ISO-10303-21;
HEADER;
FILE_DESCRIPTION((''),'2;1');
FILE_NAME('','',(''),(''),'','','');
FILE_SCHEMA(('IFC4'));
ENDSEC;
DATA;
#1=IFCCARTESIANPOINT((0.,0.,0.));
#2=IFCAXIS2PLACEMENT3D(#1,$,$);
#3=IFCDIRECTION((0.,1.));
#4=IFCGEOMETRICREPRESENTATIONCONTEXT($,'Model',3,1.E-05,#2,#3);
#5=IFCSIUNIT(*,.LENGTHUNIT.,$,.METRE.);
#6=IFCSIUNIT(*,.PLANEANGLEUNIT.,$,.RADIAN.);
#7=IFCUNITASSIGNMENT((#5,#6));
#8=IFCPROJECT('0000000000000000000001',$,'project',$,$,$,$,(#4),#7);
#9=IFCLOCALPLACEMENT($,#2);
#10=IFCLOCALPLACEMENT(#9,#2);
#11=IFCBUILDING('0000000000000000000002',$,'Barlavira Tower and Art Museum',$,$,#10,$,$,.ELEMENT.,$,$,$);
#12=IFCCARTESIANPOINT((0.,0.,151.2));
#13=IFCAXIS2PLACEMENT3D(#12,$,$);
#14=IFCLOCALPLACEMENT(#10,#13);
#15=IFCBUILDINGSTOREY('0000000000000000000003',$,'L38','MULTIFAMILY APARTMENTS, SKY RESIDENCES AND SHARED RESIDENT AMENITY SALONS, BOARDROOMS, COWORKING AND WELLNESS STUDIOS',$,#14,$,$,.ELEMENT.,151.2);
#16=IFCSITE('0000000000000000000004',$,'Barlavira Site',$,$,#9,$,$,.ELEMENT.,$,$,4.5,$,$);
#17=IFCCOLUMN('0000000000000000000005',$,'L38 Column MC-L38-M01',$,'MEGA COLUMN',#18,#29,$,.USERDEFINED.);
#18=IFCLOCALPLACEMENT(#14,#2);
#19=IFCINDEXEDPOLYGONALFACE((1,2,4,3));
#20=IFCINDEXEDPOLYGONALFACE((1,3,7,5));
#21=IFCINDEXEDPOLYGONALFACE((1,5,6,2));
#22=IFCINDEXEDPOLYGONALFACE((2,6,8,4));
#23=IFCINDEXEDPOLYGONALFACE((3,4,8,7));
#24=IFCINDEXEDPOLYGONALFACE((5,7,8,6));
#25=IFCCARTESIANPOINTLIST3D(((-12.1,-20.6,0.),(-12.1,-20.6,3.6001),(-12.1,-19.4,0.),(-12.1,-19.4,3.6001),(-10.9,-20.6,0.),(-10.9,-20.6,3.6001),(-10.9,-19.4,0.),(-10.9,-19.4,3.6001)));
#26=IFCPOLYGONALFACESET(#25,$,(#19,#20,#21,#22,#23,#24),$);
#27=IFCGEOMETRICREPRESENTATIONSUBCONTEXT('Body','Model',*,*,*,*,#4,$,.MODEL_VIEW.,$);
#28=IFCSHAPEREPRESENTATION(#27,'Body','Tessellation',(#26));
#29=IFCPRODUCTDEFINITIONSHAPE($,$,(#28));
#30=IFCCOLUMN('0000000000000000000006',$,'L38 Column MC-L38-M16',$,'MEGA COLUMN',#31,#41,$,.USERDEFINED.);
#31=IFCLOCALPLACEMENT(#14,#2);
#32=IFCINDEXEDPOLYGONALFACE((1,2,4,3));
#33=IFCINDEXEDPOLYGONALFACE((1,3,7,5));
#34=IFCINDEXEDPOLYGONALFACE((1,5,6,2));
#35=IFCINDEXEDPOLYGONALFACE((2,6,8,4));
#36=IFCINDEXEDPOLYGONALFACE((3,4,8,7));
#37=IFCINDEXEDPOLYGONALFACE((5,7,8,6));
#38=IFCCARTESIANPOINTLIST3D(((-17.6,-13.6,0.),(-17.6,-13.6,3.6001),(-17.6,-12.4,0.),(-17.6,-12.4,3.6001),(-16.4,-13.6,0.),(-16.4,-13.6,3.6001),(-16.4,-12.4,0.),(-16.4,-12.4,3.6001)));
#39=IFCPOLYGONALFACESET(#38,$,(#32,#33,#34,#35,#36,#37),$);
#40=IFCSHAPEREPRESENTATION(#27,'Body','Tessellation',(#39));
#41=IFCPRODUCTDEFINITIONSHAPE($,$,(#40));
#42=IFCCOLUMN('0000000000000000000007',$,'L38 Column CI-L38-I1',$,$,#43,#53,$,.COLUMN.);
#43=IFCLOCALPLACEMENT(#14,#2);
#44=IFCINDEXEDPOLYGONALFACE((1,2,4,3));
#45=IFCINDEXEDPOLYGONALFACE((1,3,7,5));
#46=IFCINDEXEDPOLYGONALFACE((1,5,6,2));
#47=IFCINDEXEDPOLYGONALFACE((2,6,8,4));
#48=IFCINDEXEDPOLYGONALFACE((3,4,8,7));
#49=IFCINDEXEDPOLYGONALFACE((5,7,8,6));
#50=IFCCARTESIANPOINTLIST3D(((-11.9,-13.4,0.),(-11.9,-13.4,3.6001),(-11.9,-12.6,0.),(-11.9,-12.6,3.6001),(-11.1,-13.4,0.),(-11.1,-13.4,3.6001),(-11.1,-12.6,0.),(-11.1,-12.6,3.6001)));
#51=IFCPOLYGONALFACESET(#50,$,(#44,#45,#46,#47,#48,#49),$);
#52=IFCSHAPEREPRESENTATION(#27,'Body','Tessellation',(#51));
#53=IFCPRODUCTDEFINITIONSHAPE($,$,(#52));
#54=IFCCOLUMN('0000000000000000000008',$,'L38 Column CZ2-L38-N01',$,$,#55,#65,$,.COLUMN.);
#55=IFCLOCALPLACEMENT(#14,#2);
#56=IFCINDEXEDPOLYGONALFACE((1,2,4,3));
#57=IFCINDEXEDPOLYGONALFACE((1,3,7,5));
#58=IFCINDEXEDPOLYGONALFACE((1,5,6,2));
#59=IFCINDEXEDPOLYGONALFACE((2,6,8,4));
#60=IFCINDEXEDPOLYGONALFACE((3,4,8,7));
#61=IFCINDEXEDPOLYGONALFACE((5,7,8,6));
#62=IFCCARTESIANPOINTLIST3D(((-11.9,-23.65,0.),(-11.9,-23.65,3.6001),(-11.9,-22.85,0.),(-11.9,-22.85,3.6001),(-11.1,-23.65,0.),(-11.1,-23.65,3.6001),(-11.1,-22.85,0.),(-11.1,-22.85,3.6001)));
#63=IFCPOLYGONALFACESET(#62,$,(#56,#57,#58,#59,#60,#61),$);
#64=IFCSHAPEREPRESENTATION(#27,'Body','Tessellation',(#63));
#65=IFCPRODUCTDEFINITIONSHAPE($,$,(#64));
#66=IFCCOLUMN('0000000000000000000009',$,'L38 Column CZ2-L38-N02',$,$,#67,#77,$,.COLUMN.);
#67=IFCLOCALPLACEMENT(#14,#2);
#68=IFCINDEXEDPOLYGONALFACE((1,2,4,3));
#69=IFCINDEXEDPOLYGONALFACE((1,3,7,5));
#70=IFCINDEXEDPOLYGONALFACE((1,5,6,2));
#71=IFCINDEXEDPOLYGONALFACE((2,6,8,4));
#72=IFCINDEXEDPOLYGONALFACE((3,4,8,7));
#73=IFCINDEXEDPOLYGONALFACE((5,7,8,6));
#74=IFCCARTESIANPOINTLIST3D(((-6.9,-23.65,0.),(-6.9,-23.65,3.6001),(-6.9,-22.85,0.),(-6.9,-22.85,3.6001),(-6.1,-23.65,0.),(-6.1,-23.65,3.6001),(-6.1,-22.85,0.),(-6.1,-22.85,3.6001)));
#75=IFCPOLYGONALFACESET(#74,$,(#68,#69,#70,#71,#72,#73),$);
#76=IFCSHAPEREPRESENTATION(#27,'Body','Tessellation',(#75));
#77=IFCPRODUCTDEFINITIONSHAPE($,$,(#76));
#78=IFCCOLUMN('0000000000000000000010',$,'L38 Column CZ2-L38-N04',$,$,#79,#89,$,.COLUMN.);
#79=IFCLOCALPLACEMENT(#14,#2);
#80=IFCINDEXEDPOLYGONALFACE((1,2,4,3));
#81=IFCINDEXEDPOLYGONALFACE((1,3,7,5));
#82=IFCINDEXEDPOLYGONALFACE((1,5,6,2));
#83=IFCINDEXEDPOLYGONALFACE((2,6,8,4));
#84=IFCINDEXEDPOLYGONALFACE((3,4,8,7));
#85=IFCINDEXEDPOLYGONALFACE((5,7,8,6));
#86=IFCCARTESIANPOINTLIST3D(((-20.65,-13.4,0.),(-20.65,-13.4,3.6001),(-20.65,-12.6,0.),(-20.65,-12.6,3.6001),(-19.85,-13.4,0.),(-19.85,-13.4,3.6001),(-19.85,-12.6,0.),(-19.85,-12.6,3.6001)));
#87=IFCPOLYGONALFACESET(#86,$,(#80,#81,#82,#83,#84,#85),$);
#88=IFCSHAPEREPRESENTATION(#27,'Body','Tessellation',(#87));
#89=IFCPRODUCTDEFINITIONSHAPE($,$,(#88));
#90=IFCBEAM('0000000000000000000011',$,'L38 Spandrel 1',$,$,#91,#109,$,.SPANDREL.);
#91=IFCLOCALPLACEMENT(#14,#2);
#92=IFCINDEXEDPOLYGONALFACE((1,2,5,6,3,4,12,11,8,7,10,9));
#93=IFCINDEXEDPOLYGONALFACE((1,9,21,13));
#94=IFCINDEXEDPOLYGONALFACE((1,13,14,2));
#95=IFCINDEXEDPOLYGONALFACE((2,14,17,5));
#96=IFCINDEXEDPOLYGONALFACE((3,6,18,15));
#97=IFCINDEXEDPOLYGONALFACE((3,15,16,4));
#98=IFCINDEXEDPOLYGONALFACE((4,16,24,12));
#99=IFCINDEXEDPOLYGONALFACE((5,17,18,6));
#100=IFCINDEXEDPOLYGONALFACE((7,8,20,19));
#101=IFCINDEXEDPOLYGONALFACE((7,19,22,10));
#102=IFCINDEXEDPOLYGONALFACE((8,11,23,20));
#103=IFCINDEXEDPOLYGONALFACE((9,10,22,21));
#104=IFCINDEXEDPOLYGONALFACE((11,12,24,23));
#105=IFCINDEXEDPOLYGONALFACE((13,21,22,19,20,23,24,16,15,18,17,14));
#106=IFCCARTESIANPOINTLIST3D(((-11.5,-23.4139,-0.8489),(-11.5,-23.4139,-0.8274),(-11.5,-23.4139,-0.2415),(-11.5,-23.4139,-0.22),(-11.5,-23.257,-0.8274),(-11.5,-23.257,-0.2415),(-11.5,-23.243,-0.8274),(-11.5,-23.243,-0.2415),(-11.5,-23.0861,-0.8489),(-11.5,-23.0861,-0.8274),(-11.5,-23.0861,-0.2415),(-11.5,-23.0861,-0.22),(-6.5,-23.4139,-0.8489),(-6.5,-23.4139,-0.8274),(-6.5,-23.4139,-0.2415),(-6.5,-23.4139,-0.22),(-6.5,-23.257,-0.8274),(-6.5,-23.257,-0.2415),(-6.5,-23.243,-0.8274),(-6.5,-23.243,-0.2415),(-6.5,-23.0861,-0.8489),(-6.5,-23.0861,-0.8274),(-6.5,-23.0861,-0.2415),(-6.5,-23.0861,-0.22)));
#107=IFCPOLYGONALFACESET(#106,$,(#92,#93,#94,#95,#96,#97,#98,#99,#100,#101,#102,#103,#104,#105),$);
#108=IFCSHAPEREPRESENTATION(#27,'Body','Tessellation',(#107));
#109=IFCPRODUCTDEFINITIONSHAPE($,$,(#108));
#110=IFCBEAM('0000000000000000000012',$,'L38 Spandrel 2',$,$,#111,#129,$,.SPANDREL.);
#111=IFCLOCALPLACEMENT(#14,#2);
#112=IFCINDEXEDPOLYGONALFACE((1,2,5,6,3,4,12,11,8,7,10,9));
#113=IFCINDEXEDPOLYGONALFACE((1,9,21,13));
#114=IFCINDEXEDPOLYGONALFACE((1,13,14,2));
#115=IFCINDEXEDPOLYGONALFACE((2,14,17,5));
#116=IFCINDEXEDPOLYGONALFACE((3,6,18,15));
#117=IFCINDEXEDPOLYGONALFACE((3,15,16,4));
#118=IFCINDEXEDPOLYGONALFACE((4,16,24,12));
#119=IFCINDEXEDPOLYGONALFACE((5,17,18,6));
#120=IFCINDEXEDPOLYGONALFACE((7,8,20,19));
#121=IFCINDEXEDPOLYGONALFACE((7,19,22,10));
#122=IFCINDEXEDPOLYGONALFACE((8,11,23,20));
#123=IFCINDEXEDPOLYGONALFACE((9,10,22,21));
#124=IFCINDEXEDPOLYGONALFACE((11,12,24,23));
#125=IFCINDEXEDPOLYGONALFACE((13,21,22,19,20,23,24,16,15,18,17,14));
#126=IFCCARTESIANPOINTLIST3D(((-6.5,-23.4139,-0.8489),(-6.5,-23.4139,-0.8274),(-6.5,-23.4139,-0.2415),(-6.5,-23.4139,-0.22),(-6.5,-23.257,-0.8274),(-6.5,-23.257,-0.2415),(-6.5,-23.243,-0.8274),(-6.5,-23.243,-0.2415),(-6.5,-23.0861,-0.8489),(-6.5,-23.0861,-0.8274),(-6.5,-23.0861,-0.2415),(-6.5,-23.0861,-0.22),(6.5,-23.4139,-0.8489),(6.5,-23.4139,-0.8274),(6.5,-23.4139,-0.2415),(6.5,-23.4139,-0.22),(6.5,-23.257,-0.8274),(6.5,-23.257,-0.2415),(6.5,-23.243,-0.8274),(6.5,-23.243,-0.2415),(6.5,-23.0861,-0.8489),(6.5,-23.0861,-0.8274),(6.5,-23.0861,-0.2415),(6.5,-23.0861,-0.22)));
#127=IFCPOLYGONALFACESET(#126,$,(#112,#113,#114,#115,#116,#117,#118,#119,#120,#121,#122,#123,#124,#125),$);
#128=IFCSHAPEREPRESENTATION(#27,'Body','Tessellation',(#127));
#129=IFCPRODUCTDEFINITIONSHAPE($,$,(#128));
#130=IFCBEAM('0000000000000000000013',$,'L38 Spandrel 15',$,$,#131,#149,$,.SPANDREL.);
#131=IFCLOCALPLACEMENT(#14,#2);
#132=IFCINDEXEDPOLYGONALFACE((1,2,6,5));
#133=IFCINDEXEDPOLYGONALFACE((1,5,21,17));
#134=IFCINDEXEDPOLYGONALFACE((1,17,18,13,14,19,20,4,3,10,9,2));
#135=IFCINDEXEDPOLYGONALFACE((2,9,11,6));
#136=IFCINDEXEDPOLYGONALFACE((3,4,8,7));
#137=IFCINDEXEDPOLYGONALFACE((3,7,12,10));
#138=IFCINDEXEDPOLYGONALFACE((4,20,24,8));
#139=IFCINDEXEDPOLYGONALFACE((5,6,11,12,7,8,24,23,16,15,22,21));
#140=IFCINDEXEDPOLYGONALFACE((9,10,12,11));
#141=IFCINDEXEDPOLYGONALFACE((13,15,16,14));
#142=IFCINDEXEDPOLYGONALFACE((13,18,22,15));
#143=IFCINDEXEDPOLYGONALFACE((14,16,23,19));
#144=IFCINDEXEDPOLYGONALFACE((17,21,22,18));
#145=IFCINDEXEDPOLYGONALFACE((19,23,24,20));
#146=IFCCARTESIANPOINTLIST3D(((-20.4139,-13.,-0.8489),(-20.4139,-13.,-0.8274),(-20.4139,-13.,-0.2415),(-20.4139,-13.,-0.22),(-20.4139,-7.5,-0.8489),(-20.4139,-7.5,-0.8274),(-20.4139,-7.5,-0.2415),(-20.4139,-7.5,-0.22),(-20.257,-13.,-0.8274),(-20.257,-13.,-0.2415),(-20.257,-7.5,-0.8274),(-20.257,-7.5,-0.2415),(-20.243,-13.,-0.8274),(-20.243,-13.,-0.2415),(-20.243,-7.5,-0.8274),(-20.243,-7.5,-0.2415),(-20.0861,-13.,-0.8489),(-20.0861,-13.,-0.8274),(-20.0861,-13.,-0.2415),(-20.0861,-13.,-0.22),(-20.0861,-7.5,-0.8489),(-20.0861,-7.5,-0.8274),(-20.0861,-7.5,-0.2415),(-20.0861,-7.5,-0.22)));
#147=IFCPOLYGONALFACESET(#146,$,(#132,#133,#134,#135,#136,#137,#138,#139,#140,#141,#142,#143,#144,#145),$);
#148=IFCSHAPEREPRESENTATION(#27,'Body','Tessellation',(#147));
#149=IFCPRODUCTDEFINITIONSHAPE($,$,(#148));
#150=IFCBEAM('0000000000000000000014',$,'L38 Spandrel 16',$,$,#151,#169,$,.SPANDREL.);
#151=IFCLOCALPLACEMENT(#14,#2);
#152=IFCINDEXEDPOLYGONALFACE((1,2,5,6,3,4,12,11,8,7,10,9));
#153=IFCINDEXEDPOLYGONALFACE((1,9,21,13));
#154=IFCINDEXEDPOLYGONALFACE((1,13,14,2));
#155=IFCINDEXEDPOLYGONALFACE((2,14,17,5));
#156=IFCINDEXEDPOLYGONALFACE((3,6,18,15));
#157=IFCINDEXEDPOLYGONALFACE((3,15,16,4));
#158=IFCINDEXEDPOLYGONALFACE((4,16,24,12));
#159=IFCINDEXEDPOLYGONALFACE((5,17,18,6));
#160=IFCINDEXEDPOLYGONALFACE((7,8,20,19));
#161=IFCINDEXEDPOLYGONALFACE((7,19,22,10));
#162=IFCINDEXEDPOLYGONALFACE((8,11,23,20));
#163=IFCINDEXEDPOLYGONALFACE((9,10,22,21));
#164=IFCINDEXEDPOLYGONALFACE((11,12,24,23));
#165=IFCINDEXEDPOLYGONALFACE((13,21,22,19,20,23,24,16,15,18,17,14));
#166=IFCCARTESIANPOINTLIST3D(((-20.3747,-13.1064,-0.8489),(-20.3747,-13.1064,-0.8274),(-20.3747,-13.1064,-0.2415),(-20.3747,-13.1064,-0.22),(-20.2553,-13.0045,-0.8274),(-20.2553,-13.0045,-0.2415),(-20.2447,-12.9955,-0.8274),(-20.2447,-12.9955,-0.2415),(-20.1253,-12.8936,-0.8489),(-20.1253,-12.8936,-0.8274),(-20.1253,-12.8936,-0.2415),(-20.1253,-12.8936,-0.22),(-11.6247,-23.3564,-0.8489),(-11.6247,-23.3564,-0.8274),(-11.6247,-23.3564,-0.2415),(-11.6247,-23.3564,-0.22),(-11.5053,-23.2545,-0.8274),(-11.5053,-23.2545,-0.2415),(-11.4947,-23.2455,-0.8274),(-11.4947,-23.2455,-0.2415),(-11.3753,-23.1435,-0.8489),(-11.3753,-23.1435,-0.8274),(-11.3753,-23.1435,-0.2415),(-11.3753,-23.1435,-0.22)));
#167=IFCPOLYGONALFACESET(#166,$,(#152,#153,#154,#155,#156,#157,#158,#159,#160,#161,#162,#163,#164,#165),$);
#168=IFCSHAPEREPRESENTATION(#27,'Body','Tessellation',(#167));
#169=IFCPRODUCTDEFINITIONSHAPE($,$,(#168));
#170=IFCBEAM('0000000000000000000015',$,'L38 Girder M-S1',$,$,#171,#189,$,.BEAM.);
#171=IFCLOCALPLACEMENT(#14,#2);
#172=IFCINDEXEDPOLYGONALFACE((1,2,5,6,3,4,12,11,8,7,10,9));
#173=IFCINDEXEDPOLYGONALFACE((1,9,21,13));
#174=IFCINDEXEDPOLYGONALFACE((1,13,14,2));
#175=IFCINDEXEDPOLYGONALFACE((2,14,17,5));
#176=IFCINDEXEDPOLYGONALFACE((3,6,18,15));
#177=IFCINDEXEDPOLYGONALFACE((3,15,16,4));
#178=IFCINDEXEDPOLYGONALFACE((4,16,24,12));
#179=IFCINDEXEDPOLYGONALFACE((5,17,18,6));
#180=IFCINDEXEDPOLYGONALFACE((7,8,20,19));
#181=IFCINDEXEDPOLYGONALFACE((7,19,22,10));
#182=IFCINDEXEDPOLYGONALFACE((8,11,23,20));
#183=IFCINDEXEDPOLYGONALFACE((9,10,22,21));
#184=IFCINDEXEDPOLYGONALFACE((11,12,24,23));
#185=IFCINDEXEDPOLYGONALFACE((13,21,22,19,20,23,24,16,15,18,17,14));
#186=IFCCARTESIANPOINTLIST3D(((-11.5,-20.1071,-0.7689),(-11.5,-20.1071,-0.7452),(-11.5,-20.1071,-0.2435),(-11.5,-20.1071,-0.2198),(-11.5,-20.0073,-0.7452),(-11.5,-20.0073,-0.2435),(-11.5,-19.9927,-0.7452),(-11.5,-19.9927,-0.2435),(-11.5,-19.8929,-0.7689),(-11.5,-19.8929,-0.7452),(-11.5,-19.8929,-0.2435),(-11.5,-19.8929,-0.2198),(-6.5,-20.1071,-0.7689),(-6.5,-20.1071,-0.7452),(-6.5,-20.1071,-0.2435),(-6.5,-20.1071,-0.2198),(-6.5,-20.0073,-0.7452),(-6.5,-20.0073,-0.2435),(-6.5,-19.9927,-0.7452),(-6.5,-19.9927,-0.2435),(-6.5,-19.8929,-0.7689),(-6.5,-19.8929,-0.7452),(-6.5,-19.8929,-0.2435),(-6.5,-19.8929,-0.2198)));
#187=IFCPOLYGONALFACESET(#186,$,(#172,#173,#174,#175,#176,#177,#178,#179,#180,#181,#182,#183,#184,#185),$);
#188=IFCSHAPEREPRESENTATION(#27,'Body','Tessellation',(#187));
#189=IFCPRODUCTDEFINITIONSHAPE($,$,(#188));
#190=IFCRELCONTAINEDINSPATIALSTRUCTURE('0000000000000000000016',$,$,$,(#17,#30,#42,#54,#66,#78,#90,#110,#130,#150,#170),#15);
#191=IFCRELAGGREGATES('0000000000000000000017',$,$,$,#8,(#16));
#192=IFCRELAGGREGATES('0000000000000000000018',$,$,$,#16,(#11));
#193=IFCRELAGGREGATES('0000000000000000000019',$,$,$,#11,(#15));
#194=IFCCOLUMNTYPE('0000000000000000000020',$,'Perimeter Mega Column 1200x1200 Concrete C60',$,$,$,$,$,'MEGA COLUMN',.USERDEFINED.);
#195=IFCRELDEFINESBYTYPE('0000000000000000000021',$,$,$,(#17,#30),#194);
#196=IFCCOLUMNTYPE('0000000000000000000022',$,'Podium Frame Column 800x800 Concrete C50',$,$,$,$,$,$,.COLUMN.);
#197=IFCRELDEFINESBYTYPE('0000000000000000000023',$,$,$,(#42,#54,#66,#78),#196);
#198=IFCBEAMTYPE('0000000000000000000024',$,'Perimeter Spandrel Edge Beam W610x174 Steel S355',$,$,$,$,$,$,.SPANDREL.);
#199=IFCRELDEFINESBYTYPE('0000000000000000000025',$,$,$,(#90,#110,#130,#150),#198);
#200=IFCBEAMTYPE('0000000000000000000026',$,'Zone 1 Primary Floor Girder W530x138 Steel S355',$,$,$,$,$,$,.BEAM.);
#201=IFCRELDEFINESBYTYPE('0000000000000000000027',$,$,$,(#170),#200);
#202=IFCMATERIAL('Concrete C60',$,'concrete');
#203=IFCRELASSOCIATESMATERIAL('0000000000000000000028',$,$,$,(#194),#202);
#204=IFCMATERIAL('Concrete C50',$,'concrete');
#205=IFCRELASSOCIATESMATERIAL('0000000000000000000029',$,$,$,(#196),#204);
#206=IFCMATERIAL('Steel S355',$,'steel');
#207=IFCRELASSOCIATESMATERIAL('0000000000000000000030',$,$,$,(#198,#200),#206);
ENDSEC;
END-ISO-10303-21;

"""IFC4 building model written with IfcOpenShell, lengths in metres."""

from ifc_helpers import new_model, si_unit, direction, frame, origin, origin_2d, place, context, subcontext, project, spatial, rectangle, i_section, extrude, material, material_profile, profile_set, type_object, element, save


model = new_model("IFC4")

# Units and contexts
model_context = context("Model", 3, precision=1e-05, world=origin(), true_north=direction((0.0, 1.0)))
body_context = subcontext(model_context, "Body", "Model", "MODEL_VIEW")
ifc_project = project(units=[si_unit("LENGTHUNIT", "METRE"), si_unit("PLANEANGLEUNIT", "RADIAN")], contexts=[model_context])

# Site, building, storey
site_placement = place(None, origin())
site = spatial("IfcSite", under=ifc_project, at=site_placement, Name="Barlavira Site", CompositionType="ELEMENT", RefElevation=4.5)
building_placement = place(site_placement, origin())
building = spatial("IfcBuilding", under=site, at=building_placement, Name="Barlavira Tower and Art Museum", CompositionType="ELEMENT")
storey_placement = place(building_placement, frame((0.0, 0.0, 151.2)))
storey = spatial("IfcBuildingStorey", under=building, at=storey_placement, Name="L38", Description="MULTIFAMILY APARTMENTS, SKY RESIDENCES AND SHARED RESIDENT AMENITY SALONS, BOARDROOMS, COWORKING AND WELLNESS STUDIOS", CompositionType="ELEMENT", Elevation=151.2)

# Columns
ifc_material_1 = material(Name="Concrete C60", Category="concrete")
ifc_material_profile_1 = material_profile(ifc_material_1, rectangle(XDim=1.2, YDim=1.2, at=origin_2d()), Name="RC-COL 1200x1200")
ifc_profile_set_1 = profile_set([ifc_material_profile_1], Name="Concrete C60")
column_type_1 = type_object("IfcColumnType", Name="Perimeter Mega Column 1200x1200 Concrete C60", ElementType="MEGA COLUMN", PredefinedType="USERDEFINED", material=ifc_profile_set_1)
for number, where, z_axis, x_axis, name in (
    (1, (-11.5, -20.0, 0.0), (0.0, 0.0, 1.0), (1.0, 0.0, 0.0), "L38 Column MC-L38-M01"),
    (2, (-17.0, -13.0, 0.0), (0.0, 0.0, 1.0), (1.0, 0.0, 0.0), "L38 Column MC-L38-M16"),
):
    element("IfcColumn", number, at=place(storey_placement, frame(where, z_axis=z_axis, x_axis=x_axis)), inside=storey, type_object=column_type_1, Name=name, ObjectType="MEGA COLUMN", PredefinedType="USERDEFINED", context=body_context, shape_type="SweptSolid", body=[
        extrude(rectangle(XDim=1.2, YDim=1.2, at=origin_2d()), origin(), (0.0, 0.0, 1.0), 3.6001),
    ])
ifc_material_2 = material(Name="Concrete C50", Category="concrete")
ifc_material_profile_2 = material_profile(ifc_material_2, rectangle(XDim=0.8, YDim=0.8, at=origin_2d()), Name="RC-COL 800x800")
ifc_profile_set_2 = profile_set([ifc_material_profile_2], Name="Concrete C50")
column_type_2 = type_object("IfcColumnType", Name="Podium Frame Column 800x800 Concrete C50", PredefinedType="COLUMN", material=ifc_profile_set_2)
for number, where, z_axis, x_axis, name in (
    (3, (-11.5, -13.0, 0.0), (0.0, 0.0, 1.0), (1.0, 0.0, 0.0), "L38 Column CI-L38-I1"),
    (4, (-11.5, -23.25, 0.0), (0.0, 0.0, 1.0), (1.0, 0.0, 0.0), "L38 Column CZ2-L38-N01"),
    (5, (-6.5, -23.25, 0.0), (0.0, 0.0, 1.0), (1.0, 0.0, 0.0), "L38 Column CZ2-L38-N02"),
    (6, (-20.25, -13.0, 0.0), (0.0, 0.0, 1.0), (1.0, 0.0, 0.0), "L38 Column CZ2-L38-N04"),
):
    element("IfcColumn", number, at=place(storey_placement, frame(where, z_axis=z_axis, x_axis=x_axis)), inside=storey, type_object=column_type_2, Name=name, PredefinedType="COLUMN", context=body_context, shape_type="SweptSolid", body=[
        extrude(rectangle(XDim=0.8, YDim=0.8, at=origin_2d()), origin(), (0.0, 0.0, 1.0), 3.6001),
    ])

# Beams
ifc_material_3 = material(Name="Steel S355", Category="steel")
ifc_material_profile_3 = material_profile(ifc_material_3, i_section(OverallWidth=0.3279, OverallDepth=0.6289, WebThickness=0.0139, FlangeThickness=0.0215, at=origin_2d()), Name="W610x174.0")
ifc_profile_set_3 = profile_set([ifc_material_profile_3], Name="Steel S355")
beam_type_1 = type_object("IfcBeamType", Name="Perimeter Spandrel Edge Beam W610x174 Steel S355", PredefinedType="SPANDREL", material=ifc_profile_set_3)
beam_1_placement = place(storey_placement, frame((-11.5, -23.25, -0.5344), z_axis=(1.0, 0.0, 0.0), x_axis=(0.0, 1.0, 0.0)))
element("IfcBeam", 7, at=beam_1_placement, inside=storey, type_object=beam_type_1, Name="L38 Spandrel 1", PredefinedType="SPANDREL", context=body_context, shape_type="SweptSolid", body=[
    extrude(i_section(OverallWidth=0.3279, OverallDepth=0.6289, WebThickness=0.0139, FlangeThickness=0.0215, at=origin_2d()), origin(), (0.0, 0.0, 1.0), 5.0),
])
beam_2_placement = place(storey_placement, frame((-6.5, -23.25, -0.5344), z_axis=(1.0, 0.0, 0.0), x_axis=(0.0, 1.0, 0.0)))
element("IfcBeam", 8, at=beam_2_placement, inside=storey, type_object=beam_type_1, Name="L38 Spandrel 2", PredefinedType="SPANDREL", context=body_context, shape_type="SweptSolid", body=[
    extrude(i_section(OverallWidth=0.3279, OverallDepth=0.6289, WebThickness=0.0139, FlangeThickness=0.0215, at=origin_2d()), origin(), (0.0, 0.0, 1.0), 13.0),
])
beam_3_placement = place(storey_placement, frame((-20.25, -13.0, -0.5344), z_axis=(0.0, 1.0, 0.0), x_axis=(-1.0, 0.0, 0.0)))
element("IfcBeam", 9, at=beam_3_placement, inside=storey, type_object=beam_type_1, Name="L38 Spandrel 15", PredefinedType="SPANDREL", context=body_context, shape_type="SweptSolid", body=[
    extrude(i_section(OverallWidth=0.3279, OverallDepth=0.6289, WebThickness=0.0139, FlangeThickness=0.0215, at=origin_2d()), origin(), (0.0, 0.0, 1.0), 5.5),
])
beam_4_placement = place(storey_placement, frame((-20.25, -13.0, -0.5344), z_axis=(0.649262, -0.760565, 0.0), x_axis=(0.760565, 0.649262, 0.0)))
element("IfcBeam", 10, at=beam_4_placement, inside=storey, type_object=beam_type_1, Name="L38 Spandrel 16", PredefinedType="SPANDREL", context=body_context, shape_type="SweptSolid", body=[
    extrude(i_section(OverallWidth=0.3279, OverallDepth=0.6289, WebThickness=0.0139, FlangeThickness=0.0215, at=origin_2d()), origin(), (0.0, 0.0, 1.0), 13.4768),
])
ifc_material_profile_4 = material_profile(ifc_material_3, i_section(OverallWidth=0.2141, OverallDepth=0.5491, WebThickness=0.0146, FlangeThickness=0.0237, at=origin_2d()), Name="W530x138.0")
ifc_profile_set_4 = profile_set([ifc_material_profile_4], Name="Steel S355")
beam_type_2 = type_object("IfcBeamType", Name="Zone 1 Primary Floor Girder W530x138 Steel S355", PredefinedType="BEAM", material=ifc_profile_set_4)
beam_5_placement = place(storey_placement, frame((-11.5, -20.0, -0.4944), z_axis=(1.0, 0.0, 0.0), x_axis=(0.0, 1.0, 0.0)))
element("IfcBeam", 11, at=beam_5_placement, inside=storey, type_object=beam_type_2, Name="L38 Girder M-S1", PredefinedType="BEAM", context=body_context, shape_type="SweptSolid", body=[
    extrude(i_section(OverallWidth=0.2141, OverallDepth=0.5491, WebThickness=0.0146, FlangeThickness=0.0237, at=origin_2d()), origin(), (0.0, 0.0, 1.0), 5.0),
])

save(model, "model.ifc")
